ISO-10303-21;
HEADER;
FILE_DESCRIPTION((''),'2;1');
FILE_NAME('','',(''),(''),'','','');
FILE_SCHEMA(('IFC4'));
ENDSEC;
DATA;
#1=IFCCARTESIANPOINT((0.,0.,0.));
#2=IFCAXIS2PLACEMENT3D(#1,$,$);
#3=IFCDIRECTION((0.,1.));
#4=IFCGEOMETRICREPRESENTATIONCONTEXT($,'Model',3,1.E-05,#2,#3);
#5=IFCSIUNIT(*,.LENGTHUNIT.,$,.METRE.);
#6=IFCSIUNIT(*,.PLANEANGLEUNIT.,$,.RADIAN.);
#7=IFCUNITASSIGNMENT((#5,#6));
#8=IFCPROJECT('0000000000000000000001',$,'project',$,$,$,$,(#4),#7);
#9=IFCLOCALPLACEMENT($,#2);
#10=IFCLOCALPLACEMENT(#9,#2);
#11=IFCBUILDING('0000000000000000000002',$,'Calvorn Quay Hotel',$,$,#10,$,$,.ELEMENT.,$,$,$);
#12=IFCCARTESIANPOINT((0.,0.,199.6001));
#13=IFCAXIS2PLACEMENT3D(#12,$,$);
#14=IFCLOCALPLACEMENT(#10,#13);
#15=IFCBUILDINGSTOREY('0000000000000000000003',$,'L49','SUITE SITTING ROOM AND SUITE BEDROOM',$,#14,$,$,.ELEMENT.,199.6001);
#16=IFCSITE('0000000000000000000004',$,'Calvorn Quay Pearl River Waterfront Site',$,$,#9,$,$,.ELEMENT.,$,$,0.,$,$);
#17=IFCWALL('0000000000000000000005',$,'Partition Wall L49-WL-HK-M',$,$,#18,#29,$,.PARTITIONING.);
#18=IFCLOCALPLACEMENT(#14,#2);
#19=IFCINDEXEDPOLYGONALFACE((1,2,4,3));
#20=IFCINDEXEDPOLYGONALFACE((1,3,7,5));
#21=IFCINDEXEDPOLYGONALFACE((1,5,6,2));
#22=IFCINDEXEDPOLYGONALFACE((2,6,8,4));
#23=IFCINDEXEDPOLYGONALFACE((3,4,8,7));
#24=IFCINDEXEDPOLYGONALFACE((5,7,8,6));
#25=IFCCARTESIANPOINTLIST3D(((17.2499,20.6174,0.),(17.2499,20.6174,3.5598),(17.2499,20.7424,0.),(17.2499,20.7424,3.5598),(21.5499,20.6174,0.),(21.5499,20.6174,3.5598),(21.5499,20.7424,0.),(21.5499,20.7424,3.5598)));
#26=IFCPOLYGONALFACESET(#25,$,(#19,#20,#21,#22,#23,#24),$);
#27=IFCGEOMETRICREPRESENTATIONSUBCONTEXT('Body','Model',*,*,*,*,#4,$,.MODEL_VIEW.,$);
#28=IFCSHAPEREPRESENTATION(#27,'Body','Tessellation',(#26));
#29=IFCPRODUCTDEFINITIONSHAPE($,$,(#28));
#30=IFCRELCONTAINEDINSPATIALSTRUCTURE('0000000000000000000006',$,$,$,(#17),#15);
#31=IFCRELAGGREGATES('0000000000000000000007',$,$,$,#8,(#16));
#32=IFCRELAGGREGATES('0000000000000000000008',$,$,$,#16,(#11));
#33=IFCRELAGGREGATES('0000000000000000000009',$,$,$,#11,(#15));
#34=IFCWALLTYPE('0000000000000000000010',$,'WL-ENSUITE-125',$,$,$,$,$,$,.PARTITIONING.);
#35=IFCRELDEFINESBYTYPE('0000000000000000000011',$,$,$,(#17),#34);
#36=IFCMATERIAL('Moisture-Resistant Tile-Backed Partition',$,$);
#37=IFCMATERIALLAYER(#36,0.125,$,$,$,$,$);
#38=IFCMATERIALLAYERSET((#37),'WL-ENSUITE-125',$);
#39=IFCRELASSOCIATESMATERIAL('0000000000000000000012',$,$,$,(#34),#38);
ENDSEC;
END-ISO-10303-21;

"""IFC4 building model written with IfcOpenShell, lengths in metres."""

from ifc_helpers import new_model, si_unit, direction, frame, frame_2d, origin, place, context, subcontext, project, spatial, rectangle, extrude, material, layer, layer_set, type_object, element, save


model = new_model("IFC4")

# Units and contexts
model_context = context("Model", 3, precision=1e-05, world=origin(), true_north=direction((0.0, 1.0)))
body_context = subcontext(model_context, "Body", "Model", "MODEL_VIEW")
ifc_project = project(units=[si_unit("LENGTHUNIT", "METRE"), si_unit("PLANEANGLEUNIT", "RADIAN")], contexts=[model_context])

# Site, building, storey
site_placement = place(None, origin())
site = spatial("IfcSite", under=ifc_project, at=site_placement, Name="Calvorn Quay Pearl River Waterfront Site", CompositionType="ELEMENT", RefElevation=0.0)
building_placement = place(site_placement, origin())
building = spatial("IfcBuilding", under=site, at=building_placement, Name="Calvorn Quay Hotel", CompositionType="ELEMENT")
storey_placement = place(building_placement, frame((0.0, 0.0, 199.6001)))
storey = spatial("IfcBuildingStorey", under=building, at=storey_placement, Name="L49", Description="SUITE SITTING ROOM AND SUITE BEDROOM", CompositionType="ELEMENT", Elevation=199.6001)

# Wall
ifc_material_1 = material(Name="Moisture-Resistant Tile-Backed Partition")
ifc_layer_1 = layer(ifc_material_1, 0.125)
ifc_layer_set_1 = layer_set([ifc_layer_1], Name="WL-ENSUITE-125")
wall_type_1 = type_object("IfcWallType", Name="WL-ENSUITE-125", PredefinedType="PARTITIONING", material=ifc_layer_set_1)
wall_1_placement = place(storey_placement, frame((17.25, 20.6799, 0.0), z_axis=(0.0, 0.0, 1.0), x_axis=(1.0, 0.0, 0.0)))
element("IfcWall", 1, at=wall_1_placement, inside=storey, type_object=wall_type_1, Name="Partition Wall L49-WL-HK-M", PredefinedType="PARTITIONING", context=body_context, shape_type="SweptSolid", body=[
    extrude(rectangle(XDim=4.3, YDim=0.125, at=frame_2d((2.1499, 0.0))), origin(), (0.0, 0.0, 1.0), 3.5598),
])

save(model, "model.ifc")
